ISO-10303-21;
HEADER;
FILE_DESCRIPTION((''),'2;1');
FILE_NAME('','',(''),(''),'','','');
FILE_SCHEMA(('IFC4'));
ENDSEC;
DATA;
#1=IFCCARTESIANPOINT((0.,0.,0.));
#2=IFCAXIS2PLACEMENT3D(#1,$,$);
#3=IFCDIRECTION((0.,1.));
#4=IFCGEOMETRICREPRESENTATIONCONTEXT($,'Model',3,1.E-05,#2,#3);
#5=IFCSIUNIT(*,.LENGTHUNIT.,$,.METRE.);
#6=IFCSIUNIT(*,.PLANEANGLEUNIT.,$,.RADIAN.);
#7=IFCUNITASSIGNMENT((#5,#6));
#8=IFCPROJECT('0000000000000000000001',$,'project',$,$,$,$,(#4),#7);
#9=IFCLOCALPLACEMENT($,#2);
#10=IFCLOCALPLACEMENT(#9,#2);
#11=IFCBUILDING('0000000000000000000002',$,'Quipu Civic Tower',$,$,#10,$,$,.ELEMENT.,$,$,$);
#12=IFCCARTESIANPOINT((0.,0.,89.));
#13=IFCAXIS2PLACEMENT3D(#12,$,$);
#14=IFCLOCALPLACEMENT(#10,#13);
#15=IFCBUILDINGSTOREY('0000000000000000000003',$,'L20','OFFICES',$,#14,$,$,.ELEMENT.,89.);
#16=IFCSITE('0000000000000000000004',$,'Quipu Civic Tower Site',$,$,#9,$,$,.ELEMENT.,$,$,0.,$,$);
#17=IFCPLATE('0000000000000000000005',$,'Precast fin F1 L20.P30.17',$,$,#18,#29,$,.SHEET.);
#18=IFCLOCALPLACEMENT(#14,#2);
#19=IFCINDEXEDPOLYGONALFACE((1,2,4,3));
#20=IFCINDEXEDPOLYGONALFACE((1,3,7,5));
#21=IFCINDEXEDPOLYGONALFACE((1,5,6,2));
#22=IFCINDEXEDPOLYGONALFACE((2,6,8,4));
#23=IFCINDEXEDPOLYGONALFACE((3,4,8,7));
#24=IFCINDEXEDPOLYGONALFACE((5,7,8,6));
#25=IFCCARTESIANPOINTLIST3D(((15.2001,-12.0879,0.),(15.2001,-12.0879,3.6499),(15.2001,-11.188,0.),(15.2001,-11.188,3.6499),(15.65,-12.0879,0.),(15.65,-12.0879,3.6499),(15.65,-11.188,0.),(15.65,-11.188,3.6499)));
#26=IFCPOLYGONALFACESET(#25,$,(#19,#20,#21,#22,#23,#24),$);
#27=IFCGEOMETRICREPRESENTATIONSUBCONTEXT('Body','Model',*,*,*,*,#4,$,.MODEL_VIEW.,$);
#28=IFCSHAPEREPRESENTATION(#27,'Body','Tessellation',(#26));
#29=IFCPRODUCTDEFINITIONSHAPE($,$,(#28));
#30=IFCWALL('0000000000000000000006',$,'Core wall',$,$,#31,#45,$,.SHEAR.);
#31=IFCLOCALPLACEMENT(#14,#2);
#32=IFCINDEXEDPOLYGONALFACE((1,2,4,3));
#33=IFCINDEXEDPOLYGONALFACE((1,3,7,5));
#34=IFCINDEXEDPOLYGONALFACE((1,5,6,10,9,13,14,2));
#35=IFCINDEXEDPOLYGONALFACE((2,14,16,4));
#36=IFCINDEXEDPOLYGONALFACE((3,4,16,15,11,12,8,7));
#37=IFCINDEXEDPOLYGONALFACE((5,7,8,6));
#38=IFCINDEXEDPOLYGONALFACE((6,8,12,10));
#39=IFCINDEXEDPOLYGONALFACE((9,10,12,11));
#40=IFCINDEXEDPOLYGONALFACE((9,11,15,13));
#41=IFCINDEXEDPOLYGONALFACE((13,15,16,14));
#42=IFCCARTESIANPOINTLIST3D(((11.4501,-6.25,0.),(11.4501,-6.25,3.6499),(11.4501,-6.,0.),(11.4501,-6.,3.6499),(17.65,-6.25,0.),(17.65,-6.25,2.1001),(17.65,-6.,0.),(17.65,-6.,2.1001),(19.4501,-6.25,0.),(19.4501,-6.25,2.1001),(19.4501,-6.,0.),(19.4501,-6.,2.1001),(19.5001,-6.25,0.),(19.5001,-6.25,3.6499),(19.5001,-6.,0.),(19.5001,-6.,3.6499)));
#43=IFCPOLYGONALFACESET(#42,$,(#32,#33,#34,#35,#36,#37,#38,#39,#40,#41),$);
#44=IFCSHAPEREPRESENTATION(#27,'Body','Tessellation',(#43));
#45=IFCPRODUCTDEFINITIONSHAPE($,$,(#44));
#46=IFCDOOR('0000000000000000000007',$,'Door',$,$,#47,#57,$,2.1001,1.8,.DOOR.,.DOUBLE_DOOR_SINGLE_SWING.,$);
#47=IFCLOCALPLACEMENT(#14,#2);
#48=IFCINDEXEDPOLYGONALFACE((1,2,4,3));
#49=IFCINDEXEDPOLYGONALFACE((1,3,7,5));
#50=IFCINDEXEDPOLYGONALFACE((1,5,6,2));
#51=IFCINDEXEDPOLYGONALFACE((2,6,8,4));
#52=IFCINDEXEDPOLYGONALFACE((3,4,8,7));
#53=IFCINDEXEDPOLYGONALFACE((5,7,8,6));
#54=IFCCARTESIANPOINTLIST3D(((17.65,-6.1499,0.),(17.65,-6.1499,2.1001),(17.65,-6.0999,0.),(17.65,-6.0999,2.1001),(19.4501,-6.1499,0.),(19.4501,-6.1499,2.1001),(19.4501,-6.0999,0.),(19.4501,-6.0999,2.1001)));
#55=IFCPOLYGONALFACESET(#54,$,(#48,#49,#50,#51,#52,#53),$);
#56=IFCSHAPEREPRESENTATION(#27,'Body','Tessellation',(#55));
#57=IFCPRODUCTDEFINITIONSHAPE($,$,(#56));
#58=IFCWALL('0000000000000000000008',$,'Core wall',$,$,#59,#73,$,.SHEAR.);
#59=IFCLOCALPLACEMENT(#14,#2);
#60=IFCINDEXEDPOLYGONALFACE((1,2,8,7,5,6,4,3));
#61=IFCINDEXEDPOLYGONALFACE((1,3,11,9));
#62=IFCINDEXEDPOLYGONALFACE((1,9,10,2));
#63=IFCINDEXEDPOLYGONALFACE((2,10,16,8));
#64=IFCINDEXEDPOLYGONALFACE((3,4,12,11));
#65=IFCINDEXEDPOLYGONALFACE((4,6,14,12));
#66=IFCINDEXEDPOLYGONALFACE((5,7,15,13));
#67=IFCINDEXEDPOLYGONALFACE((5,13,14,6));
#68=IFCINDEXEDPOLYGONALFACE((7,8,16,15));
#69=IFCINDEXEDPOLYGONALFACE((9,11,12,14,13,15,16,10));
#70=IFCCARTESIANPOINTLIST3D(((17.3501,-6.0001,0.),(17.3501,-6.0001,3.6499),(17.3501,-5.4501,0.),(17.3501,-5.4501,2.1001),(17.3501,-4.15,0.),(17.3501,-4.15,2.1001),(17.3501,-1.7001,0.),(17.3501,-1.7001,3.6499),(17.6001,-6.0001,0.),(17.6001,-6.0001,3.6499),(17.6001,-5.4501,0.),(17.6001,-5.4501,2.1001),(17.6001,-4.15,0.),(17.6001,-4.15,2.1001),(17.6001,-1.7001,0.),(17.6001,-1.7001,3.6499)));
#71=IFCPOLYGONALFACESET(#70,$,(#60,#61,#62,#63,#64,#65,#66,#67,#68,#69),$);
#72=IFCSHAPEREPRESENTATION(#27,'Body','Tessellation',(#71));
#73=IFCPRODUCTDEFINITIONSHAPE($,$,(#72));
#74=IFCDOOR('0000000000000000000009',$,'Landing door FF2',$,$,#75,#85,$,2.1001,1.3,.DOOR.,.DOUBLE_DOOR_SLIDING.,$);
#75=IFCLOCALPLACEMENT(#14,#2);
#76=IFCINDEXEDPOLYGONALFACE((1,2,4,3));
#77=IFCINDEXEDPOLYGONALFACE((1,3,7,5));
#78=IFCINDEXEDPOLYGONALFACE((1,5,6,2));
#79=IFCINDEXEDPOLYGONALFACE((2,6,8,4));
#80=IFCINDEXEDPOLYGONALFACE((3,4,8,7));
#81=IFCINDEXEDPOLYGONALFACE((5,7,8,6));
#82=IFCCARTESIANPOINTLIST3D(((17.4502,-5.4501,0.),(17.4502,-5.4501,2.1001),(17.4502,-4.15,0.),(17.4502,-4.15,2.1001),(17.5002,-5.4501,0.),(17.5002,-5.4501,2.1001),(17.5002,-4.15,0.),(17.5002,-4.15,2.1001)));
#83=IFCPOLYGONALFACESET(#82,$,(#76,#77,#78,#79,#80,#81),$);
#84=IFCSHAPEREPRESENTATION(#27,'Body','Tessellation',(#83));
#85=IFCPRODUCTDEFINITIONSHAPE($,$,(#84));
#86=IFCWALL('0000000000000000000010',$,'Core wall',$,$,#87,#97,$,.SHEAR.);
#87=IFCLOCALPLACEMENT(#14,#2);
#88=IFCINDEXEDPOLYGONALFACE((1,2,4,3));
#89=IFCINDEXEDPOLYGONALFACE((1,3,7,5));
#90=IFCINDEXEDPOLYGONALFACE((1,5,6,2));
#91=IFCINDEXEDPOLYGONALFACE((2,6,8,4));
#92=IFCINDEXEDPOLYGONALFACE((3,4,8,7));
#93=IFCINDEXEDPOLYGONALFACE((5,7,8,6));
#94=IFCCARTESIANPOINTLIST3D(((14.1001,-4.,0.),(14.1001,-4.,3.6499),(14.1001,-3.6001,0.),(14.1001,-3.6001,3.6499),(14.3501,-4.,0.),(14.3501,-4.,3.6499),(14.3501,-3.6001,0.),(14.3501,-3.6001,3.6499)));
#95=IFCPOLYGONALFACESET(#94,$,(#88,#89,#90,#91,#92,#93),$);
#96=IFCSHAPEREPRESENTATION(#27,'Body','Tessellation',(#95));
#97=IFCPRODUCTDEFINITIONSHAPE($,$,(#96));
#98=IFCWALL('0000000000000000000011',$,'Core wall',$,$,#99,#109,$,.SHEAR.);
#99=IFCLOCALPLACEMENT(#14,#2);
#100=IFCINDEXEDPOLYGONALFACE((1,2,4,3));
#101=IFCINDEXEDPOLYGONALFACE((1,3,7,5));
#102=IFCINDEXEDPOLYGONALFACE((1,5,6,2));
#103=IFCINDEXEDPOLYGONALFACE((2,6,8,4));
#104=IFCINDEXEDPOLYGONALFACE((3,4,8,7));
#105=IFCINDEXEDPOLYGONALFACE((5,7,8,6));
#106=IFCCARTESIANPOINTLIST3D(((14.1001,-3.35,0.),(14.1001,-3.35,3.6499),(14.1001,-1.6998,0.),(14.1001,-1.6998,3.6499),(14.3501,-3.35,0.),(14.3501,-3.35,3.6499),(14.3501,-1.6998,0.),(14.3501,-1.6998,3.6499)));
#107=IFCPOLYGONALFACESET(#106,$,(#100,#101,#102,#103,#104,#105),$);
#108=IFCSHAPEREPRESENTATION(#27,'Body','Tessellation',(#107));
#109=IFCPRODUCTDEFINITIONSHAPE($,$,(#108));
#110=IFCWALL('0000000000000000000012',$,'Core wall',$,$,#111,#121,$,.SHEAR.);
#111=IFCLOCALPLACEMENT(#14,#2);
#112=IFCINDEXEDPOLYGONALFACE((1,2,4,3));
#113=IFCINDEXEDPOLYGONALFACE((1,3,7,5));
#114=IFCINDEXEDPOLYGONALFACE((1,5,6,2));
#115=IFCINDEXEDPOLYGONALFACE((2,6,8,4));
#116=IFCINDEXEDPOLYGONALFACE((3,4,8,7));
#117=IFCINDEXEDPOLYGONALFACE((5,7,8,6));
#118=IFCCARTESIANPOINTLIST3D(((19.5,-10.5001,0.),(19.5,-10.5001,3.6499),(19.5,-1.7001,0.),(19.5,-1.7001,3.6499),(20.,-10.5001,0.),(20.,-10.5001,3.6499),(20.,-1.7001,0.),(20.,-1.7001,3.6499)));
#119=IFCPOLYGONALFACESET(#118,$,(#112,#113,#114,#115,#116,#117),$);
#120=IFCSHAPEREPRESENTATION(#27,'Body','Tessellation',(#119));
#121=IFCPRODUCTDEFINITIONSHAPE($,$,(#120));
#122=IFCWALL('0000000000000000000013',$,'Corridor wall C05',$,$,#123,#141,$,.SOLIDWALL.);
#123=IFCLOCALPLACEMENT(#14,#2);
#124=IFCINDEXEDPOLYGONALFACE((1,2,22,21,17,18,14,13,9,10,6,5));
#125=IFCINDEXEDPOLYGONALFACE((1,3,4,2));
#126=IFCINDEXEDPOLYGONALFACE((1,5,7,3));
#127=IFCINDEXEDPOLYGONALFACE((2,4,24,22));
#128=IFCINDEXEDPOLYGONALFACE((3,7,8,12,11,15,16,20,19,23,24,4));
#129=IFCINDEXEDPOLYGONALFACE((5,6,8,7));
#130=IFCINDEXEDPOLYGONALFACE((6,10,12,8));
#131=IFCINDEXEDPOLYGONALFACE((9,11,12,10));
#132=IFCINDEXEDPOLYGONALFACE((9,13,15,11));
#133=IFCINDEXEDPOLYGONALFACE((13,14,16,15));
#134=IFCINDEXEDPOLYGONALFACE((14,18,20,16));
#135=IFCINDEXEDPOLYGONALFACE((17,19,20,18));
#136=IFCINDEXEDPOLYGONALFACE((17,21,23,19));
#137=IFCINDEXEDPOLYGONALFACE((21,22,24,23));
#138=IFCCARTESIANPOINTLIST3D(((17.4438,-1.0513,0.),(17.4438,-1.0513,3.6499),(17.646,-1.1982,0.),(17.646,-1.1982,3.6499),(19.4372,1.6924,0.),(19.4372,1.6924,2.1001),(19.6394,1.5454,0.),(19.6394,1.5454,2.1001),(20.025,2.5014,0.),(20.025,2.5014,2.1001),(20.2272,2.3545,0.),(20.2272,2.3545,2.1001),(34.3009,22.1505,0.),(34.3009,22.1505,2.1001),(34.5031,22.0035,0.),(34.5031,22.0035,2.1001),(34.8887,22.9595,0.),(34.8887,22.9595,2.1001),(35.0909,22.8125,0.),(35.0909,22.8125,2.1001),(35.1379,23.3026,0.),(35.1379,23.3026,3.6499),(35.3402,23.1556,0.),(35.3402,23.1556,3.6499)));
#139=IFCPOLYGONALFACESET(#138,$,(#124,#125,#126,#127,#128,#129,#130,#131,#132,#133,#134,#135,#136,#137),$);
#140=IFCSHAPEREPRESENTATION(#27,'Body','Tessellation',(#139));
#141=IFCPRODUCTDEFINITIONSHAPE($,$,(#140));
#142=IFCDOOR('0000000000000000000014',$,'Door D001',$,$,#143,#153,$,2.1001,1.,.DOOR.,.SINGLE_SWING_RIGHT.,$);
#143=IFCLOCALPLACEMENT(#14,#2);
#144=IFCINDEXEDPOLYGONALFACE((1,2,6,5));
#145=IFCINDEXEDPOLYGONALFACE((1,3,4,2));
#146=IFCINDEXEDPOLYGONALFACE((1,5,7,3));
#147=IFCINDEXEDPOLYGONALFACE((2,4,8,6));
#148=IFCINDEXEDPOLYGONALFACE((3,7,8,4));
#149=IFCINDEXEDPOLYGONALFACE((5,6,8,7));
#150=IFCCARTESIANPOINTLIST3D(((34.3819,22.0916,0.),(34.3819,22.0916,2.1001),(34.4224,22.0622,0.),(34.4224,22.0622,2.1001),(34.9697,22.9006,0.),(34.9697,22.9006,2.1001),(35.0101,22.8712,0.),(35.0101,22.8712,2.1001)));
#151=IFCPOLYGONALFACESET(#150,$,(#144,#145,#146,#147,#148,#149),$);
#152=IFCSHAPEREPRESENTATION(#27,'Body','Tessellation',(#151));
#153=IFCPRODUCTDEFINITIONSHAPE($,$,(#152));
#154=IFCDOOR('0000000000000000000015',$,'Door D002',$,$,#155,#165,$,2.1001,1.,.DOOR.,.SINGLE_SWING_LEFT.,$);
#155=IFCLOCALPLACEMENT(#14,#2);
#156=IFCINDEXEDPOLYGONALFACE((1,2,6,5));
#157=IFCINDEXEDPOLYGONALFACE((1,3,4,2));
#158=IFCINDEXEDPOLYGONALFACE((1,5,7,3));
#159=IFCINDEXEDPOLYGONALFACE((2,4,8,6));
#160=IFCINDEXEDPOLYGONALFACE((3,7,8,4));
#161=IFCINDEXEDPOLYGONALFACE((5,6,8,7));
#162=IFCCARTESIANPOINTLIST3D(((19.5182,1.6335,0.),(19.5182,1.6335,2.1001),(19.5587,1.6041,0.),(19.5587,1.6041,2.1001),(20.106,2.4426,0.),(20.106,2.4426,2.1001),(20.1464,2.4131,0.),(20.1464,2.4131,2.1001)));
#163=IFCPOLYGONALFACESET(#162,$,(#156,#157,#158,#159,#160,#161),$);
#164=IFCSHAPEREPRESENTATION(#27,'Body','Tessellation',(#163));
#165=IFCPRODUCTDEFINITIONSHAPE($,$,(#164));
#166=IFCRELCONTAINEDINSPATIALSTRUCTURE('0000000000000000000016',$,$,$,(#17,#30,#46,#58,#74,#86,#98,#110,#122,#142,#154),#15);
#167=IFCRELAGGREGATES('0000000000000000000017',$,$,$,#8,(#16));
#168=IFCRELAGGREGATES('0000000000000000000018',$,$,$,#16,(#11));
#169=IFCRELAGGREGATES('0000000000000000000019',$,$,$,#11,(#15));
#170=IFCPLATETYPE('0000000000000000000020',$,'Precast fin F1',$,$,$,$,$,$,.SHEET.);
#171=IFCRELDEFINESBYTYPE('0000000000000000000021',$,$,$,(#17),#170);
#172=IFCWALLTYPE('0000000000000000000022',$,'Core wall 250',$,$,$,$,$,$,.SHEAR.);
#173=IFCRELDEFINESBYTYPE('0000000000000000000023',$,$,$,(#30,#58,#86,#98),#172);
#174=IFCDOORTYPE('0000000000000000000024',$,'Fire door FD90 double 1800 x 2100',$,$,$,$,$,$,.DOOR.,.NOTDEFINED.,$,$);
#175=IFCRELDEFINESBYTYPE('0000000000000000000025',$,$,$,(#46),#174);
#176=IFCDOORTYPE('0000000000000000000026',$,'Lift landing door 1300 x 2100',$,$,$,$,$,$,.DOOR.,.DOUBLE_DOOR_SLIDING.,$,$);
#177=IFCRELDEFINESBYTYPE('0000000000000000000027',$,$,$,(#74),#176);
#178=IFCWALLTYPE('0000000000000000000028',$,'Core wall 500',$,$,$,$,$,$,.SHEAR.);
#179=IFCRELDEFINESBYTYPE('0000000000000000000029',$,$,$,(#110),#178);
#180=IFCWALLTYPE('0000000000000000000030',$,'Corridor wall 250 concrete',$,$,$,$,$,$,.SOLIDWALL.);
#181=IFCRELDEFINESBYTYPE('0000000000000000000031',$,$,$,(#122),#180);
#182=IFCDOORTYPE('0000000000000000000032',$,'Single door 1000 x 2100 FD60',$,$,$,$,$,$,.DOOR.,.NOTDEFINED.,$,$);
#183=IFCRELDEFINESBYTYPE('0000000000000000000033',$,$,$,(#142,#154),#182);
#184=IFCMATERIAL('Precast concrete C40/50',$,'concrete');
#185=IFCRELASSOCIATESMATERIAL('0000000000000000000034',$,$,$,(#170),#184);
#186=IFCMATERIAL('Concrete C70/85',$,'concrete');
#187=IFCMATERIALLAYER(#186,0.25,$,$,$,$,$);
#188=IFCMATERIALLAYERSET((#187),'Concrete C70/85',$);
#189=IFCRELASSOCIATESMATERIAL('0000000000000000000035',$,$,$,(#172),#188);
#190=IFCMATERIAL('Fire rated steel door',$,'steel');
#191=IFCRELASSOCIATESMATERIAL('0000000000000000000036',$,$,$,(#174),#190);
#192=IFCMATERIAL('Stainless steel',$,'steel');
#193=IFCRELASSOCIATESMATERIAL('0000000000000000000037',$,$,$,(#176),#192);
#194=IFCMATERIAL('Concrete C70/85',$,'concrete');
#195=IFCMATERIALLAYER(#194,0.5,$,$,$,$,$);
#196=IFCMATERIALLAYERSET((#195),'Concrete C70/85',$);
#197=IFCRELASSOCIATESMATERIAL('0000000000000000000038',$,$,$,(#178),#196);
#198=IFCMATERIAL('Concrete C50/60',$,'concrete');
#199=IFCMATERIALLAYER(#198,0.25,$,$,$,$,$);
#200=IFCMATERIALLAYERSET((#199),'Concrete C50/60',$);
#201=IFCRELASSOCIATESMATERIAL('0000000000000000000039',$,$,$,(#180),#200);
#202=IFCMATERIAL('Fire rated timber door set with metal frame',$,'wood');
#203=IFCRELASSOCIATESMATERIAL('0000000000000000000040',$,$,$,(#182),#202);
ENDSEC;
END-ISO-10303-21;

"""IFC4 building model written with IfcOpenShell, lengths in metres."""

from ifc_helpers import new_model, si_unit, direction, frame, frame_2d, origin, origin_2d, place, context, subcontext, project, spatial, rectangle, extrude, material, layer, layer_set, type_object, element, fill, save


model = new_model("IFC4")

# Units and contexts
model_context = context("Model", 3, precision=1e-05, world=origin(), true_north=direction((0.0, 1.0)))
body_context = subcontext(model_context, "Body", "Model", "MODEL_VIEW")
ifc_project = project(units=[si_unit("LENGTHUNIT", "METRE"), si_unit("PLANEANGLEUNIT", "RADIAN")], contexts=[model_context])

# Site, building, storey
site_placement = place(None, origin())
site = spatial("IfcSite", under=ifc_project, at=site_placement, Name="Quipu Civic Tower Site", CompositionType="ELEMENT", RefElevation=0.0)
building_placement = place(site_placement, origin())
building = spatial("IfcBuilding", under=site, at=building_placement, Name="Quipu Civic Tower", CompositionType="ELEMENT")
storey_placement = place(building_placement, frame((0.0, 0.0, 89.0)))
storey = spatial("IfcBuildingStorey", under=building, at=storey_placement, Name="L20", Description="OFFICES", CompositionType="ELEMENT", Elevation=89.0)

# Plate
ifc_material_1 = material(Name="Precast concrete C40/50", Category="concrete")
plate_type = type_object("IfcPlateType", Name="Precast fin F1", PredefinedType="SHEET", material=ifc_material_1)
plate_placement = place(storey_placement, frame((15.425, -11.6379, 0.0), z_axis=(0.0, 0.0, 1.0), x_axis=(1.0, 0.0, 0.0)))
element("IfcPlate", 1, at=plate_placement, inside=storey, type_object=plate_type, Name="Precast fin F1 L20.P30.17", PredefinedType="SHEET", context=body_context, shape_type="SweptSolid", body=[
    extrude(rectangle(XDim=0.45, YDim=0.8999, at=origin_2d()), origin(), (0.0, 0.0, 1.0), 3.6499),
])

# Walls, openings, doors
ifc_material_2 = material(Name="Concrete C70/85", Category="concrete")
ifc_layer_1 = layer(ifc_material_2, 0.25)
ifc_layer_set_1 = layer_set([ifc_layer_1], Name="Concrete C70/85")
wall_type_1 = type_object("IfcWallType", Name="Core wall 250", PredefinedType="SHEAR", material=ifc_layer_set_1)
wall_1_placement = place(storey_placement, frame((19.5, -6.125, 0.0), z_axis=(0.0, 0.0, 1.0), x_axis=(-1.0, 0.0, 0.0)))
wall_1 = element("IfcWall", 2, at=wall_1_placement, inside=storey, type_object=wall_type_1, Name="Core wall", PredefinedType="SHEAR", context=body_context, shape_type="SweptSolid", body=[
    extrude(rectangle(XDim=8.05, YDim=0.25, at=frame_2d((4.0249, 0.0))), origin(), (0.0, 0.0, 1.0), 3.6499),
])
opening_1_placement = place(wall_1_placement, frame((0.05, 0.0, 0.0)))
opening_1 = element("IfcOpeningElement", 3, at=opening_1_placement, cuts=wall_1, PredefinedType="OPENING", context=body_context, shape_type="SweptSolid", body=[
    extrude(rectangle(XDim=1.8, YDim=2.1001, at=frame_2d((0.8999, 1.05))), frame((0.0, 0.135, 0.0), z_axis=(0.0, -1.0, 0.0), x_axis=(1.0, 0.0, 0.0)), (0.0, 0.0, 1.0), 0.27),
])
ifc_material_3 = material(Name="Fire rated steel door", Category="steel")
door_type_1 = type_object("IfcDoorType", Name="Fire door FD90 double 1800 x 2100", OperationType="NOTDEFINED", PredefinedType="DOOR", material=ifc_material_3)
door_1_placement = place(opening_1_placement, origin())
door_1 = element("IfcDoor", 4, at=door_1_placement, inside=storey, type_object=door_type_1, Name="Door", OperationType="DOUBLE_DOOR_SINGLE_SWING", OverallHeight=2.1001, OverallWidth=1.8, PredefinedType="DOOR", context=body_context, shape_type="SweptSolid", body=[
    extrude(rectangle(XDim=1.8, YDim=2.1001, at=frame_2d((0.8999, 1.05))), frame((0.0, 0.0249, 0.0), z_axis=(0.0, -1.0, 0.0), x_axis=(1.0, 0.0, 0.0)), (0.0, 0.0, 1.0), 0.05),
])
fill(opening_1, door_1)
wall_2_placement = place(storey_placement, frame((17.4751, -6.0, 0.0), z_axis=(0.0, 0.0, 1.0), x_axis=(0.0, 1.0, 0.0)))
wall_2 = element("IfcWall", 5, at=wall_2_placement, inside=storey, type_object=wall_type_1, Name="Core wall", PredefinedType="SHEAR", context=body_context, shape_type="SweptSolid", body=[
    extrude(rectangle(XDim=4.3, YDim=0.25, at=frame_2d((2.1499, 0.0))), origin(), (0.0, 0.0, 1.0), 3.6499),
])
opening_2_placement = place(wall_2_placement, frame((0.55, 0.0, 0.0)))
opening_2 = element("IfcOpeningElement", 6, at=opening_2_placement, cuts=wall_2, PredefinedType="OPENING", context=body_context, shape_type="SweptSolid", body=[
    extrude(rectangle(XDim=1.3, YDim=2.1001, at=frame_2d((0.6499, 1.05))), frame((0.0, 0.135, 0.0), z_axis=(0.0, -1.0, 0.0), x_axis=(1.0, 0.0, 0.0)), (0.0, 0.0, 1.0), 0.27),
])
ifc_material_4 = material(Name="Stainless steel", Category="steel")
door_type_2 = type_object("IfcDoorType", Name="Lift landing door 1300 x 2100", OperationType="DOUBLE_DOOR_SLIDING", PredefinedType="DOOR", material=ifc_material_4)
door_2_placement = place(opening_2_placement, origin())
door_2 = element("IfcDoor", 7, at=door_2_placement, inside=storey, type_object=door_type_2, Name="Landing door FF2", OperationType="DOUBLE_DOOR_SLIDING", OverallHeight=2.1001, OverallWidth=1.3, PredefinedType="DOOR", context=body_context, shape_type="SweptSolid", body=[
    extrude(rectangle(XDim=1.3, YDim=2.1001, at=frame_2d((0.6499, 1.05))), frame((0.0, 0.0249, 0.0), z_axis=(0.0, -1.0, 0.0), x_axis=(1.0, 0.0, 0.0)), (0.0, 0.0, 1.0), 0.05),
])
fill(opening_2, door_2)

# Walls
wall_3_placement = place(storey_placement, frame((14.2251, -4.0, 0.0), z_axis=(0.0, 0.0, 1.0), x_axis=(0.0, 1.0, 0.0)))
element("IfcWall", 8, at=wall_3_placement, inside=storey, type_object=wall_type_1, Name="Core wall", PredefinedType="SHEAR", context=body_context, shape_type="SweptSolid", body=[
    extrude(rectangle(XDim=0.3999, YDim=0.25, at=frame_2d((0.2, 0.0))), origin(), (0.0, 0.0, 1.0), 3.6499),
])
wall_4_placement = place(storey_placement, frame((14.2251, -3.3501, 0.0), z_axis=(0.0, 0.0, 1.0), x_axis=(0.0, 1.0, 0.0)))
element("IfcWall", 9, at=wall_4_placement, inside=storey, type_object=wall_type_1, Name="Core wall", PredefinedType="SHEAR", context=body_context, shape_type="SweptSolid", body=[
    extrude(rectangle(XDim=1.6501, YDim=0.25, at=frame_2d((0.8252, 0.0))), origin(), (0.0, 0.0, 1.0), 3.6499),
])
ifc_material_5 = material(Name="Concrete C70/85", Category="concrete")
ifc_layer_2 = layer(ifc_material_5, 0.5)
ifc_layer_set_2 = layer_set([ifc_layer_2], Name="Concrete C70/85")
wall_type_2 = type_object("IfcWallType", Name="Core wall 500", PredefinedType="SHEAR", material=ifc_layer_set_2)
wall_5_placement = place(storey_placement, frame((19.75, -10.5, 0.0), z_axis=(0.0, 0.0, 1.0), x_axis=(0.0, 1.0, 0.0)))
element("IfcWall", 10, at=wall_5_placement, inside=storey, type_object=wall_type_2, Name="Core wall", PredefinedType="SHEAR", context=body_context, shape_type="SweptSolid", body=[
    extrude(rectangle(XDim=8.8, YDim=0.5, at=frame_2d((4.3999, 0.0))), origin(), (0.0, 0.0, 1.0), 3.6499),
])

# Wall, openings, doors
ifc_material_6 = material(Name="Concrete C50/60", Category="concrete")
ifc_layer_3 = layer(ifc_material_6, 0.25)
ifc_layer_set_3 = layer_set([ifc_layer_3], Name="Concrete C50/60")
wall_type_3 = type_object("IfcWallType", Name="Corridor wall 250 concrete", PredefinedType="SOLIDWALL", material=ifc_layer_set_3)
wall_6_placement = place(storey_placement, frame((17.5449, -1.1248, 0.0), z_axis=(0.0, 0.0, 1.0), x_axis=(0.587786, 0.809016, 0.0)))
wall_6 = element("IfcWall", 11, at=wall_6_placement, inside=storey, type_object=wall_type_3, Name="Corridor wall C05", PredefinedType="SOLIDWALL", context=body_context, shape_type="SweptSolid", body=[
    extrude(rectangle(XDim=30.103, YDim=0.25, at=frame_2d((15.0515, 0.0))), origin(), (0.0, 0.0, 1.0), 3.6499),
])
opening_3_placement = place(wall_6_placement, frame((28.679, 0.0, 0.0)))
opening_3 = element("IfcOpeningElement", 12, at=opening_3_placement, cuts=wall_6, PredefinedType="OPENING", context=body_context, shape_type="SweptSolid", body=[
    extrude(rectangle(XDim=1.0, YDim=2.1001, at=frame_2d((0.5, 1.05))), frame((0.0, 0.135, 0.0), z_axis=(0.0, -1.0, 0.0), x_axis=(1.0, 0.0, 0.0)), (0.0, 0.0, 1.0), 0.27),
])
opening_4_placement = place(wall_6_placement, frame((3.3914, 0.0, 0.0)))
opening_4 = element("IfcOpeningElement", 13, at=opening_4_placement, cuts=wall_6, PredefinedType="OPENING", context=body_context, shape_type="SweptSolid", body=[
    extrude(rectangle(XDim=1.0, YDim=2.1001, at=frame_2d((0.5, 1.05))), frame((0.0, 0.135, 0.0), z_axis=(0.0, -1.0, 0.0), x_axis=(1.0, 0.0, 0.0)), (0.0, 0.0, 1.0), 0.27),
])
ifc_material_7 = material(Name="Fire rated timber door set with metal frame", Category="wood")
door_type_3 = type_object("IfcDoorType", Name="Single door 1000 x 2100 FD60", OperationType="NOTDEFINED", PredefinedType="DOOR", material=ifc_material_7)
door_3_placement = place(opening_3_placement, origin())
door_3 = element("IfcDoor", 14, at=door_3_placement, inside=storey, type_object=door_type_3, Name="Door D001", OperationType="SINGLE_SWING_RIGHT", OverallHeight=2.1001, OverallWidth=1.0, PredefinedType="DOOR", context=body_context, shape_type="SweptSolid", body=[
    extrude(rectangle(XDim=1.0, YDim=2.1001, at=frame_2d((0.5, 1.05))), frame((0.0, 0.0249, 0.0), z_axis=(0.0, -1.0, 0.0), x_axis=(1.0, 0.0, 0.0)), (0.0, 0.0, 1.0), 0.05),
])
fill(opening_3, door_3)
door_4_placement = place(opening_4_placement, origin())
door_4 = element("IfcDoor", 15, at=door_4_placement, inside=storey, type_object=door_type_3, Name="Door D002", OperationType="SINGLE_SWING_LEFT", OverallHeight=2.1001, OverallWidth=1.0, PredefinedType="DOOR", context=body_context, shape_type="SweptSolid", body=[
    extrude(rectangle(XDim=1.0, YDim=2.1001, at=frame_2d((0.5, 1.05))), frame((0.0, 0.0249, 0.0), z_axis=(0.0, -1.0, 0.0), x_axis=(1.0, 0.0, 0.0)), (0.0, 0.0, 1.0), 0.05),
])
fill(opening_4, door_4)

save(model, "model.ifc")
